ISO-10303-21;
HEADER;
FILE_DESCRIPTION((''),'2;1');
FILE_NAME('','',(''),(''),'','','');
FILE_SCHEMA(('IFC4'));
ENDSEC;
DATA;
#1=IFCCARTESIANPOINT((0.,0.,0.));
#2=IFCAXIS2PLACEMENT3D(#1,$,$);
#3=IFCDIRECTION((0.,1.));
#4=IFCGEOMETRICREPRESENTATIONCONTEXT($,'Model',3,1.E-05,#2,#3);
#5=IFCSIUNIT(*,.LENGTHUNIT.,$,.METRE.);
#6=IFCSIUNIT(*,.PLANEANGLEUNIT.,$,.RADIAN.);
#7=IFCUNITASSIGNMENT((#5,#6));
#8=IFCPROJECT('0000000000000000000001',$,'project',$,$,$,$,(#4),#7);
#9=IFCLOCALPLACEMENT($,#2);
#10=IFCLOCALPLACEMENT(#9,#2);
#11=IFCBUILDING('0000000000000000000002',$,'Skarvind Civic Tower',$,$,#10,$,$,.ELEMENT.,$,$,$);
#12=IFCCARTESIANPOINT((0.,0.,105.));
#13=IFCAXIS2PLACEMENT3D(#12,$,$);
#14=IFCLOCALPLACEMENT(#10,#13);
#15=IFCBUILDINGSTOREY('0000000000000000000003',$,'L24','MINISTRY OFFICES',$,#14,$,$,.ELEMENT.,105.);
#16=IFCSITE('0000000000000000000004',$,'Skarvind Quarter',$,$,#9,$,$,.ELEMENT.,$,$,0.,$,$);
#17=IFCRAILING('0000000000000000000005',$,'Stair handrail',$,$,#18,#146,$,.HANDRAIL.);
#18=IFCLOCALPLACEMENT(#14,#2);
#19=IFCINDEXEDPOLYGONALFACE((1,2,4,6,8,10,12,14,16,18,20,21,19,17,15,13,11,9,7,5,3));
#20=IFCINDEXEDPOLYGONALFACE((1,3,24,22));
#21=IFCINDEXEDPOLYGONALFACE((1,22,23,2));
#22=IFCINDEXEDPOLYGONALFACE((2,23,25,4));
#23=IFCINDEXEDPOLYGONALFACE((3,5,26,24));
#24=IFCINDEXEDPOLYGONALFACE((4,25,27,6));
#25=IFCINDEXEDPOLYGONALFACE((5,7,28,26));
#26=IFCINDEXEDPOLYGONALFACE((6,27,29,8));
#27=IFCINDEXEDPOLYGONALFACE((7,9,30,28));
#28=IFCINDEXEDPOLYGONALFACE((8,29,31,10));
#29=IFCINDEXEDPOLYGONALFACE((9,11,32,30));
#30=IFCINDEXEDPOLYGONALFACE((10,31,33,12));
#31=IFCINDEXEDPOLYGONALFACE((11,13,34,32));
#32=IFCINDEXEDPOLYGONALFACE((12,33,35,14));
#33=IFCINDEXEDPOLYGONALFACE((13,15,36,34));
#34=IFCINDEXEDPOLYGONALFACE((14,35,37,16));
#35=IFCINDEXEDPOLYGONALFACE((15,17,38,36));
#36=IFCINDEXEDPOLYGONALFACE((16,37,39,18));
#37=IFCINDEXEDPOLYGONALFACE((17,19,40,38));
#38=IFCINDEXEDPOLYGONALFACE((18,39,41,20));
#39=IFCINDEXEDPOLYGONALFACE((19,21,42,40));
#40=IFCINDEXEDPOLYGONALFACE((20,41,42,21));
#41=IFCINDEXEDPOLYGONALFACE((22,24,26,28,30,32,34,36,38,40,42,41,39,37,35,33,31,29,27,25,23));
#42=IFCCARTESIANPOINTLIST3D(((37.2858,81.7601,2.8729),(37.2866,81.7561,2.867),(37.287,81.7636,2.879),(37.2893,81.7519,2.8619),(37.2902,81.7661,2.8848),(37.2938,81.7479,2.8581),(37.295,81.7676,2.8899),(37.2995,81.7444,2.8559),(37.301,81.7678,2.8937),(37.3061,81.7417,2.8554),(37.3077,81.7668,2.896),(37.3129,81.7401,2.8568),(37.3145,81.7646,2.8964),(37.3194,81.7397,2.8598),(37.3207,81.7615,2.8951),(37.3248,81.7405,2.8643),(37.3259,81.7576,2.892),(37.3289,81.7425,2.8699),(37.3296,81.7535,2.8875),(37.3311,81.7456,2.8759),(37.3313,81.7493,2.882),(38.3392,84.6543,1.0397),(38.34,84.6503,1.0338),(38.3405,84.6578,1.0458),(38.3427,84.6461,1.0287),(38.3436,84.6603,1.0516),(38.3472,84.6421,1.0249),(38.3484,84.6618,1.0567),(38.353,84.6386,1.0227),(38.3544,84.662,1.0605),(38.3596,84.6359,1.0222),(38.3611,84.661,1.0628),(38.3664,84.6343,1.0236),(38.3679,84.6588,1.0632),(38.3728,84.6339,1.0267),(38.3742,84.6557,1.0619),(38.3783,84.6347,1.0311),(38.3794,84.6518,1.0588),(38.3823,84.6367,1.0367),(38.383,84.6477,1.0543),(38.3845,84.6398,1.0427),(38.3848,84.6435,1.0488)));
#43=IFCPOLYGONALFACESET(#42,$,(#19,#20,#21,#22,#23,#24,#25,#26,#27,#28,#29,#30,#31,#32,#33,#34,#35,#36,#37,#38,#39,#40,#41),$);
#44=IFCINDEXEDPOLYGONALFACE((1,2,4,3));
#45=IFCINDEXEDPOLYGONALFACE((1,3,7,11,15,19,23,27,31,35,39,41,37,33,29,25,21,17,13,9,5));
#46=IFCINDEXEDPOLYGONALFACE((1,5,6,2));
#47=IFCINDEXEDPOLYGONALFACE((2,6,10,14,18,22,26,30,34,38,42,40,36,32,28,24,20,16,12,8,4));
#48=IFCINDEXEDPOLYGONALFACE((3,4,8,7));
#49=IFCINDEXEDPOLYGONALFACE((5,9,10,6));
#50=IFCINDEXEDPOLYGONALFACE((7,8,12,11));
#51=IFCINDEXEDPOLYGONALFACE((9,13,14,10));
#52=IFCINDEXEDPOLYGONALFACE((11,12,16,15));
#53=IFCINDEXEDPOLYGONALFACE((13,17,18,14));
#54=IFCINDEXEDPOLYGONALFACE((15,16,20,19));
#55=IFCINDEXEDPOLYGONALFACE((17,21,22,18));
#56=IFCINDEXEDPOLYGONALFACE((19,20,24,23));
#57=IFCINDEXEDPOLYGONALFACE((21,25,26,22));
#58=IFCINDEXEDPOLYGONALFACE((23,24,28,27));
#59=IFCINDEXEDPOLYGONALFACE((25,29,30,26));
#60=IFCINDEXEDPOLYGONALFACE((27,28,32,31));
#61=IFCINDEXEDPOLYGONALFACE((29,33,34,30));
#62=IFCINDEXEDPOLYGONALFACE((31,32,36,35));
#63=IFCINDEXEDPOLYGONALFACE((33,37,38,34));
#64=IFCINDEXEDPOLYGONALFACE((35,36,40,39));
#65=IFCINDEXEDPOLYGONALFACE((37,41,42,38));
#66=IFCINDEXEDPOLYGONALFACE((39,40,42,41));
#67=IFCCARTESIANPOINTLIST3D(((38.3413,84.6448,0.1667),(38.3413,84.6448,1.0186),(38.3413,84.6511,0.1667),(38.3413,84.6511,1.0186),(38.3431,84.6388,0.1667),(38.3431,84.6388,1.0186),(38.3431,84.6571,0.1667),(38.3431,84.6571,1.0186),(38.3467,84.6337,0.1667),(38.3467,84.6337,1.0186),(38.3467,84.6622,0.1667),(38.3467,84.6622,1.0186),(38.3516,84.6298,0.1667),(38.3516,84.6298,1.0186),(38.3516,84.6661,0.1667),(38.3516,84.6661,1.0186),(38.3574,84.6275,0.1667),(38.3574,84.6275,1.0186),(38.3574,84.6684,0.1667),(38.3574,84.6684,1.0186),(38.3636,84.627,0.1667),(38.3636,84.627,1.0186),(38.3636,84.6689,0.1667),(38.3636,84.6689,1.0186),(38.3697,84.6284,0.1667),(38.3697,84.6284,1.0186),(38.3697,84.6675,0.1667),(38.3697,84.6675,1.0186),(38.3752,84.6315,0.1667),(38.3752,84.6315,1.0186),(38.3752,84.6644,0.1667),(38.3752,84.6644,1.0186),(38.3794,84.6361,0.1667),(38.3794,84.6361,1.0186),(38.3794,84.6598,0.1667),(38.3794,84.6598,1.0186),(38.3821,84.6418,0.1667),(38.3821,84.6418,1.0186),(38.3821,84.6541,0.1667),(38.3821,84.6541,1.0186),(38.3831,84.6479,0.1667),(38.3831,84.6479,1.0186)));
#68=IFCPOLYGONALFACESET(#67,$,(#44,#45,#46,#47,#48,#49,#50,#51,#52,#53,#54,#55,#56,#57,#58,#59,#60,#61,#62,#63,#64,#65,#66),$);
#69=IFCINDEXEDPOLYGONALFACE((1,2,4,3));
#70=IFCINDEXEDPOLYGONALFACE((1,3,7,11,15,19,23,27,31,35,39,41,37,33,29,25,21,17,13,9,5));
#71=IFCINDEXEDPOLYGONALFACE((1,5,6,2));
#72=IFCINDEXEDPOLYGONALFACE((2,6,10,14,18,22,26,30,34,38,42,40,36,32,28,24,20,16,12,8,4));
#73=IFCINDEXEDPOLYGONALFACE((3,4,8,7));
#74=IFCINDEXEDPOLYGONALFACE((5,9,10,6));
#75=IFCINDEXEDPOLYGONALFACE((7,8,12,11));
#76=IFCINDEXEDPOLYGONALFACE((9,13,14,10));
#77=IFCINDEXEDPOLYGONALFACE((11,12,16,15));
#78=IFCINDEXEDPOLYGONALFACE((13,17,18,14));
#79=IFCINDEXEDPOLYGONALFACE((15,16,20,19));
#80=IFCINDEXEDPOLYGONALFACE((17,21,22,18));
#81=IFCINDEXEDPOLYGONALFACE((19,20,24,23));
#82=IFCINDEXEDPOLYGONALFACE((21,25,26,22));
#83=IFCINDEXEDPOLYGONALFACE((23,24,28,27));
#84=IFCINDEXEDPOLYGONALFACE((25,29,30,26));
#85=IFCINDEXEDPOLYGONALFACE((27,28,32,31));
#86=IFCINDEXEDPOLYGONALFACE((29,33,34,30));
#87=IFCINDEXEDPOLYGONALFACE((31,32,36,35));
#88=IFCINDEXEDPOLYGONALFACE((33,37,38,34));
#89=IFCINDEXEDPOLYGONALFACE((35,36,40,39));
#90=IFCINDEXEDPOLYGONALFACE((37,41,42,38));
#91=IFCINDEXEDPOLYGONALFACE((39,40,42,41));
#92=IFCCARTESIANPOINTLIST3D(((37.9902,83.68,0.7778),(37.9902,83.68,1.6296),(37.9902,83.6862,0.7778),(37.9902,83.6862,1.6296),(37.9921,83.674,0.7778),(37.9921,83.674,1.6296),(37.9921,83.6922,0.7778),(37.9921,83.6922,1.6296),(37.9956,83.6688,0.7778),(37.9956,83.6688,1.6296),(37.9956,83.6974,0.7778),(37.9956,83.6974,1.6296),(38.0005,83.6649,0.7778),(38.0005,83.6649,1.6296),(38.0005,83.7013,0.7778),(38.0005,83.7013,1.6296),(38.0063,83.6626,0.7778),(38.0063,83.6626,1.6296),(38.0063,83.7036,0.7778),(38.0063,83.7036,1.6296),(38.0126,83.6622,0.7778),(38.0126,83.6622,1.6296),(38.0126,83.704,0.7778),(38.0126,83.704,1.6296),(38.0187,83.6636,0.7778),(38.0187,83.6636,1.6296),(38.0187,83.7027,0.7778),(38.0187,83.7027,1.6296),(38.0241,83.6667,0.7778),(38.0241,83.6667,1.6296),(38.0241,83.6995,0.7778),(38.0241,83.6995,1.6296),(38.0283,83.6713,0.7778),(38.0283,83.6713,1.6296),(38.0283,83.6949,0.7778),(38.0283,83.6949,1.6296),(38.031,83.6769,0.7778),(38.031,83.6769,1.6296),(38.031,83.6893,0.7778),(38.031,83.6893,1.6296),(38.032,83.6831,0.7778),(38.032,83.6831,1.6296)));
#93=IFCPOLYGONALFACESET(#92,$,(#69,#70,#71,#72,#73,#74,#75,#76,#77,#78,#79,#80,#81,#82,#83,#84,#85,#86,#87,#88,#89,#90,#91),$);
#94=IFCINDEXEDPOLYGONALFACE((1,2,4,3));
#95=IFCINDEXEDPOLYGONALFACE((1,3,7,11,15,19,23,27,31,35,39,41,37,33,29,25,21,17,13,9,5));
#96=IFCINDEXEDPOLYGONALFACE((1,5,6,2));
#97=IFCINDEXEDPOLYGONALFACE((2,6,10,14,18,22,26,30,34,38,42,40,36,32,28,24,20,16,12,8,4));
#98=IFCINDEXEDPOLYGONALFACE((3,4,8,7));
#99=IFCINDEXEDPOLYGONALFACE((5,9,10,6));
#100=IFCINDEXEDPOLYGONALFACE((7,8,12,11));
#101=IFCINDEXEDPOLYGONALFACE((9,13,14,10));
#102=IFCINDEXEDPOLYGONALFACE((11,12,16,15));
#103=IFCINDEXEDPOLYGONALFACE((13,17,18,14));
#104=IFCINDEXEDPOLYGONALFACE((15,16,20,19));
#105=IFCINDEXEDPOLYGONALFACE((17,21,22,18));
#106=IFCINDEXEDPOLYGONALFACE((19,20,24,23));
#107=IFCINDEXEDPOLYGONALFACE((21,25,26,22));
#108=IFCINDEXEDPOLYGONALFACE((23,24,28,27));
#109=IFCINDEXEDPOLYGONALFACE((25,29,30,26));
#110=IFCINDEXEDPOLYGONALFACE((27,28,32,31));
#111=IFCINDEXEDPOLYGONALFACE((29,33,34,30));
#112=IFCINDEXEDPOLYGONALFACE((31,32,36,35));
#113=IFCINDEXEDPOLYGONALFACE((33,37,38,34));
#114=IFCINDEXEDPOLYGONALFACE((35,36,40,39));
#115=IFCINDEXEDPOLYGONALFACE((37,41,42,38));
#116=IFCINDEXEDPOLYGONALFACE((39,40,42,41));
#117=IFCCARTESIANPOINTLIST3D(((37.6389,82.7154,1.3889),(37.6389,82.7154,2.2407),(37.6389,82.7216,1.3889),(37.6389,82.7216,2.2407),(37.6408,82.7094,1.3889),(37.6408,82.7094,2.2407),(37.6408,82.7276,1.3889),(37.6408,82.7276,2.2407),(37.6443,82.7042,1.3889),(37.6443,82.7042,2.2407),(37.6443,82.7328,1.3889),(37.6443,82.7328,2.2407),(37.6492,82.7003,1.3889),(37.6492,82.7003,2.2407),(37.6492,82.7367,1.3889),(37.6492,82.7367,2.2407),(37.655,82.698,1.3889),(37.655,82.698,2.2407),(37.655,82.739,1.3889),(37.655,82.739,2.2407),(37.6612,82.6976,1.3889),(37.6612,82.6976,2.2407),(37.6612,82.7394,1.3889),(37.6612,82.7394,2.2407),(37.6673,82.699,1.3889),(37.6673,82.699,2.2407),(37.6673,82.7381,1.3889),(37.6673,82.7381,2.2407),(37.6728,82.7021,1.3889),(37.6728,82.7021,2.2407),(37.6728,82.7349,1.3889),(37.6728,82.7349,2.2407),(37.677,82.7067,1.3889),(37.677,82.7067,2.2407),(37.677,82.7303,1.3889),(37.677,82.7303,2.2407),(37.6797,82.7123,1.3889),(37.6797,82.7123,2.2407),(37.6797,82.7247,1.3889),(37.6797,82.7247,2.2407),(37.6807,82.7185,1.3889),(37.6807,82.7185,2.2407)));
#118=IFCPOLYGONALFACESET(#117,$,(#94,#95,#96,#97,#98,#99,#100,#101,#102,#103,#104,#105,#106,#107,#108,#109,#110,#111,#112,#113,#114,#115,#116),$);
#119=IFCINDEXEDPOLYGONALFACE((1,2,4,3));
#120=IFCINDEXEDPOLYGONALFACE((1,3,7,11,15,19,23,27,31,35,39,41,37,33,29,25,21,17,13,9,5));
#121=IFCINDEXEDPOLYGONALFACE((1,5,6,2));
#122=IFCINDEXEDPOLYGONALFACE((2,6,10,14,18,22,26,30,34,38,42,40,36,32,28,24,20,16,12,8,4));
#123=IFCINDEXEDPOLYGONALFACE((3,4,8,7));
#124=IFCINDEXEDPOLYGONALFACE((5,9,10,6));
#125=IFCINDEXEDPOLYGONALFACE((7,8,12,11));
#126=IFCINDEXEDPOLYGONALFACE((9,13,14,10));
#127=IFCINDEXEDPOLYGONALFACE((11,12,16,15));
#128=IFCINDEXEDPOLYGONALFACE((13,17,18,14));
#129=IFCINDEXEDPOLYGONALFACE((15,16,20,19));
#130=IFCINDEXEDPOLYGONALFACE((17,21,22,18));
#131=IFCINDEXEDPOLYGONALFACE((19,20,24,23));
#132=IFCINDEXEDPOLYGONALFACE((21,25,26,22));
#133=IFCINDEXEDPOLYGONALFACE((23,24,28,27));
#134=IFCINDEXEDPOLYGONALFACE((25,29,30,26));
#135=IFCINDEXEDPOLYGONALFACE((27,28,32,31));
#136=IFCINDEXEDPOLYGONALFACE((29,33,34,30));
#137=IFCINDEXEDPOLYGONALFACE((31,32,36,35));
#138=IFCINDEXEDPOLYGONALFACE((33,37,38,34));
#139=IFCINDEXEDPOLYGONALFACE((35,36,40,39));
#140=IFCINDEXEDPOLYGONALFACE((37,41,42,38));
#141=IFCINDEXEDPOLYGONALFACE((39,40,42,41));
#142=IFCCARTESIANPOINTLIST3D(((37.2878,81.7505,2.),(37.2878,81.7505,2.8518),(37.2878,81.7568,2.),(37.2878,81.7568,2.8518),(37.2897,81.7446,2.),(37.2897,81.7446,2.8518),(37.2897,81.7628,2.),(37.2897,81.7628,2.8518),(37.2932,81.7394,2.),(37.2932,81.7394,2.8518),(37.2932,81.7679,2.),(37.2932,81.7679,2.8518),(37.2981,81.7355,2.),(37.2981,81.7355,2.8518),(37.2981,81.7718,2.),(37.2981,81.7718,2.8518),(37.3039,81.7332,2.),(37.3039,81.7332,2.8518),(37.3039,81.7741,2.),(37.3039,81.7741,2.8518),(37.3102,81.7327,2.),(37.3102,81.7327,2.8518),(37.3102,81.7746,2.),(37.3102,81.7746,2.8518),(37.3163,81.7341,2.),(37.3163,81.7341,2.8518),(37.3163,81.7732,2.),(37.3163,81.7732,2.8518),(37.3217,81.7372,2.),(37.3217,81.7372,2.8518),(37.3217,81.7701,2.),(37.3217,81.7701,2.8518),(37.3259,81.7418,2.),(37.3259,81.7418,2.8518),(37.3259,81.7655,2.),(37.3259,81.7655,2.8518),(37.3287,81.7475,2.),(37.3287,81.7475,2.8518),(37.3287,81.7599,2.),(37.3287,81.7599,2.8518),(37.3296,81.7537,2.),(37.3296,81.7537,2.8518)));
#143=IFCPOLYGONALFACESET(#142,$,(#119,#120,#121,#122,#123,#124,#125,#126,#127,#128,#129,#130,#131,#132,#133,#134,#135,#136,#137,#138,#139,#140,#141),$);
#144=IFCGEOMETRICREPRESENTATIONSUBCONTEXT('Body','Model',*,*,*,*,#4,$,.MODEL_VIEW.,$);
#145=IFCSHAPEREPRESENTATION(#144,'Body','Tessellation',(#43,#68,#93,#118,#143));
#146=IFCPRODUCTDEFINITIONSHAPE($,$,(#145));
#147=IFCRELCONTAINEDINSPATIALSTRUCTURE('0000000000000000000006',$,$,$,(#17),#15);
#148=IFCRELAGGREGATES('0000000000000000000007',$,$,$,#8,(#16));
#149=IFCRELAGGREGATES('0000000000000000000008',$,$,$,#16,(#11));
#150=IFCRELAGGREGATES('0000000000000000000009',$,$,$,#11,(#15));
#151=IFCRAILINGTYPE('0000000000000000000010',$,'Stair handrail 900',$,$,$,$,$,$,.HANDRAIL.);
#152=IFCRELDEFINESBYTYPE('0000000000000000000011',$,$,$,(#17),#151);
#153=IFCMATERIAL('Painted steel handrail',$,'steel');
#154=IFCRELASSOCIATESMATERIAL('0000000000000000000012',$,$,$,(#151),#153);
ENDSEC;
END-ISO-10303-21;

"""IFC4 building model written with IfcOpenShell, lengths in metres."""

from ifc_helpers import new_model, si_unit, direction, frame, origin, origin_2d, place, context, subcontext, project, spatial, circle, extrude, material, type_object, element, save


model = new_model("IFC4")

# Units and contexts
model_context = context("Model", 3, precision=1e-05, world=origin(), true_north=direction((0.0, 1.0)))
body_context = subcontext(model_context, "Body", "Model", "MODEL_VIEW")
ifc_project = project(units=[si_unit("LENGTHUNIT", "METRE"), si_unit("PLANEANGLEUNIT", "RADIAN")], contexts=[model_context])

# Site, building, storey
site_placement = place(None, origin())
site = spatial("IfcSite", under=ifc_project, at=site_placement, Name="Skarvind Quarter", CompositionType="ELEMENT", RefElevation=0.0)
building_placement = place(site_placement, origin())
building = spatial("IfcBuilding", under=site, at=building_placement, Name="Skarvind Civic Tower", CompositionType="ELEMENT")
storey_placement = place(building_placement, frame((0.0, 0.0, 105.0)))
storey = spatial("IfcBuildingStorey", under=building, at=storey_placement, Name="L24", Description="MINISTRY OFFICES", CompositionType="ELEMENT", Elevation=105.0)

# Railing
ifc_material_1 = material(Name="Painted steel handrail", Category="steel")
railing_type = type_object("IfcRailingType", Name="Stair handrail 900", PredefinedType="HANDRAIL", material=ifc_material_1)
railing_1_placement = place(storey_placement, frame((38.3621, 84.6479, 0.1667)))
element("IfcRailing", 1, at=railing_1_placement, inside=storey, type_object=railing_type, Name="Stair handrail", PredefinedType="HANDRAIL", context=body_context, shape_type="SweptSolid", body=[
    extrude(circle(Radius=0.0239, at=origin_2d()), frame((0.0, 0.0, 0.876), z_axis=(-0.293908, -0.807481, 0.511461), x_axis=(0.939689, -0.342029, 0.0)), (0.0, 0.0, 1.0), 3.5842),
    extrude(circle(Radius=0.021, at=origin_2d()), origin(), (0.0, 0.0, 1.0), 0.8518),
    extrude(circle(Radius=0.021, at=origin_2d()), frame((-0.3511, -0.9648, 0.6111)), (0.0, 0.0, 1.0), 0.8518),
    extrude(circle(Radius=0.021, at=origin_2d()), frame((-0.7024, -1.9294, 1.2222)), (0.0, 0.0, 1.0), 0.8518),
    extrude(circle(Radius=0.021, at=origin_2d()), frame((-1.0535, -2.8943, 1.8333)), (0.0, 0.0, 1.0), 0.8518),
])

save(model, "model.ifc")
